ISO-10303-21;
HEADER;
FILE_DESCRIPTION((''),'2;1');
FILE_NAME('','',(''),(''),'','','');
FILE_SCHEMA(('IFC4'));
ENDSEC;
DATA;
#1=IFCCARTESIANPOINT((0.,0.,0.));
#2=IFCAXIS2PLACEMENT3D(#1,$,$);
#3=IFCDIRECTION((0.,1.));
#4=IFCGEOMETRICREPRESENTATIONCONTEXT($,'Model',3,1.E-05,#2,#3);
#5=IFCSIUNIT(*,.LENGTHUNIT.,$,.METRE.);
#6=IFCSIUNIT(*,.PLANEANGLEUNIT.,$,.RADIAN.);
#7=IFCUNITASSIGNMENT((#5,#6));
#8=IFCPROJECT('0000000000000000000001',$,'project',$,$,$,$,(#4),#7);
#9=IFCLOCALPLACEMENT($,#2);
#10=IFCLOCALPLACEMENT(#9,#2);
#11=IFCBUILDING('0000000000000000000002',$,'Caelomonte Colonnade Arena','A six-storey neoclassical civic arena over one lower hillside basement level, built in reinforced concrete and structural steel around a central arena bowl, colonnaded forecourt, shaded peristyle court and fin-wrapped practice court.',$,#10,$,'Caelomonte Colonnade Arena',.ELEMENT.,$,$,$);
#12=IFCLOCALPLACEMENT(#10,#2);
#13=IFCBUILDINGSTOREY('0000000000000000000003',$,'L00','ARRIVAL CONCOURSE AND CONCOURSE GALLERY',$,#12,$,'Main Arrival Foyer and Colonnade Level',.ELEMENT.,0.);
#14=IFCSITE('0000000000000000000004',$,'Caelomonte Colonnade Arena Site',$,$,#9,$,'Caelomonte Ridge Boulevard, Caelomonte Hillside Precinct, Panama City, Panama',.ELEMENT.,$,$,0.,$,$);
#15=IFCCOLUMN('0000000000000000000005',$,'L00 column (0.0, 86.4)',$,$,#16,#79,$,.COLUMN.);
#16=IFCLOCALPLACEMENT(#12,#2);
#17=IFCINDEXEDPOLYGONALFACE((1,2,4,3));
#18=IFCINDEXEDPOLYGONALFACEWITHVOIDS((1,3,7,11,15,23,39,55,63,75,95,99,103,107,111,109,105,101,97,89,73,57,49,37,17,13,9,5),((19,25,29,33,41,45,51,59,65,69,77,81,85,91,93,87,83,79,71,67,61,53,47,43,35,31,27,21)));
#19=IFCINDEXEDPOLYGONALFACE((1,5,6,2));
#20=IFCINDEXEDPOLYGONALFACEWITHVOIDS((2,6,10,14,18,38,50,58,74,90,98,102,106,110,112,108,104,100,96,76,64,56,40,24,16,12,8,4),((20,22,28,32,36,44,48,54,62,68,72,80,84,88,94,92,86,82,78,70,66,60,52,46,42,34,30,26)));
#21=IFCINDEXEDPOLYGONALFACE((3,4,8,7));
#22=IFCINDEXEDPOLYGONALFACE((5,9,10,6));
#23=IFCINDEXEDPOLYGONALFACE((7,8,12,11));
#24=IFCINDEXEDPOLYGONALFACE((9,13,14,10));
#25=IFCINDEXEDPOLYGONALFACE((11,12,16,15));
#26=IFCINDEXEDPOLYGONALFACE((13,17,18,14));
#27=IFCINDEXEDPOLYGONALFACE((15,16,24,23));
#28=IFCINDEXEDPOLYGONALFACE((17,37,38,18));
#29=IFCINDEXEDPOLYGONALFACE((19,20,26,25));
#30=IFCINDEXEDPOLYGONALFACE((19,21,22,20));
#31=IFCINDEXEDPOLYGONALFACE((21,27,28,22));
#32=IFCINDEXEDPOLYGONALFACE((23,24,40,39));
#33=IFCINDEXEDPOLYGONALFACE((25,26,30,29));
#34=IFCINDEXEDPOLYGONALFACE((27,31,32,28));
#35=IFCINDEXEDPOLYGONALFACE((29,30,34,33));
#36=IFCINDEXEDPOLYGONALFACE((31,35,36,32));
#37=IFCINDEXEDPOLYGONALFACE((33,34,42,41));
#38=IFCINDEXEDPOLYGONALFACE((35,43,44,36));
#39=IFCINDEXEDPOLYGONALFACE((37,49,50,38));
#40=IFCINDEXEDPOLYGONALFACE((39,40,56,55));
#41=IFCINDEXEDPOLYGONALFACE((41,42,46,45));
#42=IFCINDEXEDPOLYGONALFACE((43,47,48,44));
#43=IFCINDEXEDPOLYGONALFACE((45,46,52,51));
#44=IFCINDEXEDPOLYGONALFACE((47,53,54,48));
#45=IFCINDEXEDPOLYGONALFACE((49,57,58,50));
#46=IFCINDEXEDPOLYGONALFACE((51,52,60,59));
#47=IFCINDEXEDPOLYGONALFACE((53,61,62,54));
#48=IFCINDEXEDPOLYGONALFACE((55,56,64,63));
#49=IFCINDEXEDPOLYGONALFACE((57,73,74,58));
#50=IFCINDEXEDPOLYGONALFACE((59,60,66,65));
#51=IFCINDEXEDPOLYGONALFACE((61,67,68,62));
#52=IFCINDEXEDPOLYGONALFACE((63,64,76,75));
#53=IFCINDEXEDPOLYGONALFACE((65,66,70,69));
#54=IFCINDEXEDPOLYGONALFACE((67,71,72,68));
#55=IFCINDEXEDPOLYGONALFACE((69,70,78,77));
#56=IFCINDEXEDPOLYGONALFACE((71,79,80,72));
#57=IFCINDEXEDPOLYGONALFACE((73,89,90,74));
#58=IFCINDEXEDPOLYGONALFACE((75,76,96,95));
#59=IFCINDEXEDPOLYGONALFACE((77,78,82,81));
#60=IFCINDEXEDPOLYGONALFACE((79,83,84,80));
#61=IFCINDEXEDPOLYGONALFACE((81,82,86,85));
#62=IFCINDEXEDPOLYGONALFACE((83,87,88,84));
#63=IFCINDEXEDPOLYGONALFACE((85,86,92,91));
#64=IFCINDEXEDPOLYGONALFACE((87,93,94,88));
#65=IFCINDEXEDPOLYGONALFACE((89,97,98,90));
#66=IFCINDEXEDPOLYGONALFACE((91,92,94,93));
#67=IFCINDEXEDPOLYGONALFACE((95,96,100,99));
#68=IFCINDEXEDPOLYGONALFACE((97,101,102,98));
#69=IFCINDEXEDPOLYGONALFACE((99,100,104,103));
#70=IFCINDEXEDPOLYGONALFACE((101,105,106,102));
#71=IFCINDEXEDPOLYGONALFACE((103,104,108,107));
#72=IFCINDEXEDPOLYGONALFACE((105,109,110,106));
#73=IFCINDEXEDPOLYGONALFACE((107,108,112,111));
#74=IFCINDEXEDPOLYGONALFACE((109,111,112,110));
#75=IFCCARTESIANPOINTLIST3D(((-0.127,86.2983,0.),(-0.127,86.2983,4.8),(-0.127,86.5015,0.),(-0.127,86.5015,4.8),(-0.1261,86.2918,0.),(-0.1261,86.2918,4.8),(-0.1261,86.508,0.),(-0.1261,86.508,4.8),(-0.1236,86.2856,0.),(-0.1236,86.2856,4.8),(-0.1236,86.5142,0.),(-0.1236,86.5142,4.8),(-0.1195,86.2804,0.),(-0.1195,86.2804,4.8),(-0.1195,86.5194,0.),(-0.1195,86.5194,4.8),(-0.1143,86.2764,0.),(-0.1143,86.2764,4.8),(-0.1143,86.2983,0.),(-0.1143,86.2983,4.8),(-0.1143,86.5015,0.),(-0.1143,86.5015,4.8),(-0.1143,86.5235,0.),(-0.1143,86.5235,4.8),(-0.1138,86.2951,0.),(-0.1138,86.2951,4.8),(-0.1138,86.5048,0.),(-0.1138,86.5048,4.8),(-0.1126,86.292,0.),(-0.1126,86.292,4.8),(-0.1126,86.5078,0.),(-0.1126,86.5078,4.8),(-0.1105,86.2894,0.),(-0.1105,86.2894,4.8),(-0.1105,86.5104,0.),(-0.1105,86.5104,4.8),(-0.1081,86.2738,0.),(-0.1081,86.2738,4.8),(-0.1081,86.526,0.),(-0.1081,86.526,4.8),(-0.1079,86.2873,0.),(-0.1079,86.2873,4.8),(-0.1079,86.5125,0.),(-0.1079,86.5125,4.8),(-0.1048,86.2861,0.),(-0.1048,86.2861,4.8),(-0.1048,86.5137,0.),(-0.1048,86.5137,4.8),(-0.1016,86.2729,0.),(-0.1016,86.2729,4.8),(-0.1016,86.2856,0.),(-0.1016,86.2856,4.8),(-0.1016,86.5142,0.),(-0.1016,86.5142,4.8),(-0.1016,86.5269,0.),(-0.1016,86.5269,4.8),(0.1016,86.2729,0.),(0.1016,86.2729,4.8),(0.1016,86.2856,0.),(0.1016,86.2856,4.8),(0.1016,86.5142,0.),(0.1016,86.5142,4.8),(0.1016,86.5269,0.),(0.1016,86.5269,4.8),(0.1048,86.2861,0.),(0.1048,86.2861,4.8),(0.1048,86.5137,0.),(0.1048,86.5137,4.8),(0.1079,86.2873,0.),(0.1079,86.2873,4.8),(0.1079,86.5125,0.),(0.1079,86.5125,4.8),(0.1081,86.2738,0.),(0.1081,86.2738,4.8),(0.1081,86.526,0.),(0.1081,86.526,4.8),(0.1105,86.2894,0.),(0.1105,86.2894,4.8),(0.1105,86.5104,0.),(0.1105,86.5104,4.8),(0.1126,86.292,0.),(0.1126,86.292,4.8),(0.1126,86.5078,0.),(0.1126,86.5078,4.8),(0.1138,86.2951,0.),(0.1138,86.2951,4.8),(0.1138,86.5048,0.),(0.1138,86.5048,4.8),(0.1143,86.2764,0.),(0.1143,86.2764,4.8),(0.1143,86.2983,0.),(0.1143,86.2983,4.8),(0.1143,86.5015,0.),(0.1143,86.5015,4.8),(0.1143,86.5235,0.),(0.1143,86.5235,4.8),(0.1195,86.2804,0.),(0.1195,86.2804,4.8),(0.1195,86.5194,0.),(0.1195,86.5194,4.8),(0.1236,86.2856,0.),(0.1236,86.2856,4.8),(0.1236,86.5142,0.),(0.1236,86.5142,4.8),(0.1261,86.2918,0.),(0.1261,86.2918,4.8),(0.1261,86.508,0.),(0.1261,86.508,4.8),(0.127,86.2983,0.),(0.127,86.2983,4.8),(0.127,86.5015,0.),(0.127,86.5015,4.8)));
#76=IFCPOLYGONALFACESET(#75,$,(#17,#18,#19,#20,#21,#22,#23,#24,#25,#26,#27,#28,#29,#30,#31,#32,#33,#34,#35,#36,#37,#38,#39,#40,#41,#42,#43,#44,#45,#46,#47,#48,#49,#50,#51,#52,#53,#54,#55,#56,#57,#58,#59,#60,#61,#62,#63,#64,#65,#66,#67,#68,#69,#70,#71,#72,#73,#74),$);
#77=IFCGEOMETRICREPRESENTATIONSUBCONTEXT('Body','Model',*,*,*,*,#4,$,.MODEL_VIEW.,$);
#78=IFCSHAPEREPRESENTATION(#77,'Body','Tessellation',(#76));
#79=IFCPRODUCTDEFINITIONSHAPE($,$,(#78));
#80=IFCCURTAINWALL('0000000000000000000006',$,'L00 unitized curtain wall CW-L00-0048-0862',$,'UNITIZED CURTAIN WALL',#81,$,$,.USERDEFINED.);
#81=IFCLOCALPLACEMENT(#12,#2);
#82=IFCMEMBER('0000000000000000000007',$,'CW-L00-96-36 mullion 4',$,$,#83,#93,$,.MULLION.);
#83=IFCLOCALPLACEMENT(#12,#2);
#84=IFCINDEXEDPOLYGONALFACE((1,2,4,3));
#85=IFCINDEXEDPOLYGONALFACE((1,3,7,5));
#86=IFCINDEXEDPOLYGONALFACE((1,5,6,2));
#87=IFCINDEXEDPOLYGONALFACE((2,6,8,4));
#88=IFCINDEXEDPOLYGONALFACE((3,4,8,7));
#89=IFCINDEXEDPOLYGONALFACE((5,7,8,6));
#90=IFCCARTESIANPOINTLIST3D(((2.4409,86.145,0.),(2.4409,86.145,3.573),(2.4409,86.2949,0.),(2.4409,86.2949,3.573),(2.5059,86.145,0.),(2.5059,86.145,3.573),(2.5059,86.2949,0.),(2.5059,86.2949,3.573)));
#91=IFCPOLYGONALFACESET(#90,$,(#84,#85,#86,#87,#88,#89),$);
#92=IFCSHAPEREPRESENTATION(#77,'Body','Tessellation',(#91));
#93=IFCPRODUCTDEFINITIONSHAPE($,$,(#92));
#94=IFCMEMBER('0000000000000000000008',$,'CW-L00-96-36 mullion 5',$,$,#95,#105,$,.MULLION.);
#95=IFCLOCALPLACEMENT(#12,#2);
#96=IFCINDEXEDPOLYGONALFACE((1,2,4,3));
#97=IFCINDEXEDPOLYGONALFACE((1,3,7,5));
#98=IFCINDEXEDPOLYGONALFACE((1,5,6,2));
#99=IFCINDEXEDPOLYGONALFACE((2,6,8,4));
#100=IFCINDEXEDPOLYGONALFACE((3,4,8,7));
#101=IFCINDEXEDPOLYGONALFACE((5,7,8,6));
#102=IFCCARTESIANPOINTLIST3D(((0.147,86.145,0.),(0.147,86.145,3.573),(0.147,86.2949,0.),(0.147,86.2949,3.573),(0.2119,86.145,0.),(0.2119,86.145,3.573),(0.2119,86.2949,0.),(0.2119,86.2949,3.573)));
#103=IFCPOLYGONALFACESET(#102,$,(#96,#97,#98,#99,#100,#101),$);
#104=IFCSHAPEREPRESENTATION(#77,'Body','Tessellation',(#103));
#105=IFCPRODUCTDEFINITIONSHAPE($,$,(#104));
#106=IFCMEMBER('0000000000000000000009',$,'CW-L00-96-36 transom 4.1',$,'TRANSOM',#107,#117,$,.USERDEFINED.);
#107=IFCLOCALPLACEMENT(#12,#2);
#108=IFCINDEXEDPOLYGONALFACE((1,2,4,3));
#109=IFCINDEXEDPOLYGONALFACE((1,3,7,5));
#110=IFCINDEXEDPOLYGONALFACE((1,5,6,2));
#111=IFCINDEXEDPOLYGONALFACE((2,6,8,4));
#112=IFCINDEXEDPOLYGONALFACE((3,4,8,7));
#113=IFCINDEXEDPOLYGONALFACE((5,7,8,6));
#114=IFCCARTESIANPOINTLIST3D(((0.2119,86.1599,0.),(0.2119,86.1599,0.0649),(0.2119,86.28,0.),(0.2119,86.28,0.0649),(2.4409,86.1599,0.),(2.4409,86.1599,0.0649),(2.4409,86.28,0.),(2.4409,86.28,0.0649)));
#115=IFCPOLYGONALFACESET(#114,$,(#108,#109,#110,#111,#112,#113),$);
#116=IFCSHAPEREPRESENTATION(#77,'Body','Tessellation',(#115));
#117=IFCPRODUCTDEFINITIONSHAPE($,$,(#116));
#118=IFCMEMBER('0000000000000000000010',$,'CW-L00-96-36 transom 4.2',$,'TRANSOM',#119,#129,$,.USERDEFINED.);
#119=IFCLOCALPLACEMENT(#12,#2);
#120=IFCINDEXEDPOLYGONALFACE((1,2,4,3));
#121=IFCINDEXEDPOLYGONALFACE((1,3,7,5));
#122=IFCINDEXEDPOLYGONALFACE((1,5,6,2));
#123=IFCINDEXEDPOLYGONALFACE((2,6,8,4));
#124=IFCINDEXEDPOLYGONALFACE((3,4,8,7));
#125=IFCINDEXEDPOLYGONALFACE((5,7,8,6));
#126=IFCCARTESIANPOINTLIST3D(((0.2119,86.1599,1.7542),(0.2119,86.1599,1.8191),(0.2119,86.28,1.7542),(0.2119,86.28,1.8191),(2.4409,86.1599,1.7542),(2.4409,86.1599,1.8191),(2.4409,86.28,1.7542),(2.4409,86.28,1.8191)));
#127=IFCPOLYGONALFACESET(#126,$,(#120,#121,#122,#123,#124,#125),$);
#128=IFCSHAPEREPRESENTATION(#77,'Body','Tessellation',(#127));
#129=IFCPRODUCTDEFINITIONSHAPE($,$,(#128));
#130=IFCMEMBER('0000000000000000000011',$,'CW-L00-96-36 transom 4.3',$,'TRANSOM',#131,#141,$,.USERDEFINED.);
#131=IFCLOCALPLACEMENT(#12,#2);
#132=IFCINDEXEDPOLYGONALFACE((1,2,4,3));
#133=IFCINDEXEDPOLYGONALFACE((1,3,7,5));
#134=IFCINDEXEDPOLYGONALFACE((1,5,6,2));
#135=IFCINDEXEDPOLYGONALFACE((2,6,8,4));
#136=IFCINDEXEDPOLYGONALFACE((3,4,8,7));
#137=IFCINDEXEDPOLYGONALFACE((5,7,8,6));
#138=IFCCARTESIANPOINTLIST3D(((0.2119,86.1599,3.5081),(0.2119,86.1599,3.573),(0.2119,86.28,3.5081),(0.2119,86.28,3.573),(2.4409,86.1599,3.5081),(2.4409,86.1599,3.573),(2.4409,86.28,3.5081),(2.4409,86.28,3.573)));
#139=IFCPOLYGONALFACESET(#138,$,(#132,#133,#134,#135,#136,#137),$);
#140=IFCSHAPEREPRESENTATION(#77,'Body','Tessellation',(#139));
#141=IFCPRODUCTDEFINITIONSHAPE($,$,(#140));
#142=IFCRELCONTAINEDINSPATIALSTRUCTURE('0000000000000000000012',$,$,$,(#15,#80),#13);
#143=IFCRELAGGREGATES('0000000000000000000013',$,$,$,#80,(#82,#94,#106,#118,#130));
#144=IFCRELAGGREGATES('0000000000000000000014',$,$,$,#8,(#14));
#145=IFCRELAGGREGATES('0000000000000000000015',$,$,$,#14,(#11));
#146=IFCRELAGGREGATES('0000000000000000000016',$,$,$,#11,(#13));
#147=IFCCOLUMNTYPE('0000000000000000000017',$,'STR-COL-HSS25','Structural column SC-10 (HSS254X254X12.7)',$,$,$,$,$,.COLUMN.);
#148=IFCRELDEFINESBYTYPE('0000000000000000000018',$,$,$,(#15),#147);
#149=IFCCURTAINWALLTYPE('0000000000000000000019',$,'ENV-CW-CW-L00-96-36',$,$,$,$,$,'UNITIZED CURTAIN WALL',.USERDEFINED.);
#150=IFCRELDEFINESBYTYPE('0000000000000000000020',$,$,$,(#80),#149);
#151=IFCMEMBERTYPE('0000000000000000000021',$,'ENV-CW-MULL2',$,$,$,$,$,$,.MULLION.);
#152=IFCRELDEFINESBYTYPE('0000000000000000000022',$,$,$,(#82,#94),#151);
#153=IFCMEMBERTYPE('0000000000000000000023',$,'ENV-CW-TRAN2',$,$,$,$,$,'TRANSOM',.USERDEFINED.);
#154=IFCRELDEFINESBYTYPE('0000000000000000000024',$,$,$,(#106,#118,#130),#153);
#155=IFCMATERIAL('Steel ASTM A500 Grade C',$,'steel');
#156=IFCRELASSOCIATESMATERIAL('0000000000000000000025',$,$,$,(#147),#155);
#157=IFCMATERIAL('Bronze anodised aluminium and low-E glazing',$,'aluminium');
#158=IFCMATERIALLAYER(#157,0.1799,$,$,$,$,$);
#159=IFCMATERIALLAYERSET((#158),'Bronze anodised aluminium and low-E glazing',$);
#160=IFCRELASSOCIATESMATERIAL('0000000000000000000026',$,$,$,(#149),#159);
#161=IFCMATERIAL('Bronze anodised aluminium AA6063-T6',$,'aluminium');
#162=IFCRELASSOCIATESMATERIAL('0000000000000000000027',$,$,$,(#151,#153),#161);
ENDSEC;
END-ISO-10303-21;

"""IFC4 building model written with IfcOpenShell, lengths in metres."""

from ifc_helpers import new_model, si_unit, direction, frame, origin, origin_2d, place, context, subcontext, project, spatial, rectangle, hollow_rectangle, extrude, material, layer, layer_set, material_profile, profile_set, type_object, element, aggregate, save


model = new_model("IFC4")

# Units and contexts
model_context = context("Model", 3, precision=1e-05, world=origin(), true_north=direction((0.0, 1.0)))
body_context = subcontext(model_context, "Body", "Model", "MODEL_VIEW")
ifc_project = project(units=[si_unit("LENGTHUNIT", "METRE"), si_unit("PLANEANGLEUNIT", "RADIAN")], contexts=[model_context])

# Site, building, storey
site_placement = place(None, origin())
site = spatial("IfcSite", under=ifc_project, at=site_placement, Name="Caelomonte Colonnade Arena Site", LongName="Caelomonte Ridge Boulevard, Caelomonte Hillside Precinct, Panama City, Panama", CompositionType="ELEMENT", RefElevation=0.0)
building_placement = place(site_placement, origin())
building = spatial("IfcBuilding", under=site, at=building_placement, Name="Caelomonte Colonnade Arena", Description="A six-storey neoclassical civic arena over one lower hillside basement level, built in reinforced concrete and structural steel around a central arena bowl, colonnaded forecourt, shaded peristyle court and fin-wrapped practice court.", LongName="Caelomonte Colonnade Arena", CompositionType="ELEMENT")
storey_placement = place(building_placement, origin())
storey = spatial("IfcBuildingStorey", under=building, at=storey_placement, Name="L00", Description="ARRIVAL CONCOURSE AND CONCOURSE GALLERY", LongName="Main Arrival Foyer and Colonnade Level", CompositionType="ELEMENT", Elevation=0.0)

# Column
ifc_material_1 = material(Name="Steel ASTM A500 Grade C", Category="steel")
ifc_material_profile_1 = material_profile(ifc_material_1, hollow_rectangle(XDim=0.2539, YDim=0.2539, WallThickness=0.0127, InnerFilletRadius=0.0127, OuterFilletRadius=0.0254, at=origin_2d()), Name="HSS254X254X12.7")
ifc_profile_set_1 = profile_set([ifc_material_profile_1], Name="Steel ASTM A500 Grade C")
column_type = type_object("IfcColumnType", Name="STR-COL-HSS25", Description="Structural column SC-10 (HSS254X254X12.7)", PredefinedType="COLUMN", material=ifc_profile_set_1)
column_placement = place(storey_placement, frame((0.0, 86.3999, 0.0), z_axis=(0.0, 0.0, 1.0), x_axis=(1.0, 0.0, 0.0)))
element("IfcColumn", 1, at=column_placement, inside=storey, type_object=column_type, Name="L00 column (0.0, 86.4)", PredefinedType="COLUMN", context=body_context, shape_type="SweptSolid", body=[
    extrude(hollow_rectangle(XDim=0.2539, YDim=0.2539, WallThickness=0.0127, InnerFilletRadius=0.0127, OuterFilletRadius=0.0254, at=origin_2d()), origin(), (0.0, 0.0, 1.0), 4.8),
])

# Curtain wall, members
ifc_material_2 = material(Name="Bronze anodised aluminium and low-E glazing", Category="aluminium")
ifc_layer_1 = layer(ifc_material_2, 0.1799)
ifc_layer_set_1 = layer_set([ifc_layer_1], Name="Bronze anodised aluminium and low-E glazing")
curtain_wall_type = type_object("IfcCurtainWallType", Name="ENV-CW-CW-L00-96-36", ElementType="UNITIZED CURTAIN WALL", PredefinedType="USERDEFINED", material=ifc_layer_set_1)
curtain_wall_placement = place(storey_placement, origin())
curtain_wall = element("IfcCurtainWall", 2, at=curtain_wall_placement, inside=storey, type_object=curtain_wall_type, Name="L00 unitized curtain wall CW-L00-0048-0862", ObjectType="UNITIZED CURTAIN WALL", PredefinedType="USERDEFINED")
ifc_material_3 = material(Name="Bronze anodised aluminium AA6063-T6", Category="aluminium")
ifc_material_profile_2 = material_profile(ifc_material_3, rectangle(XDim=0.0649, YDim=0.1499, at=origin_2d()), Name="CWM-65X150")
ifc_profile_set_2 = profile_set([ifc_material_profile_2], Name="Bronze anodised aluminium AA6063-T6")
member_type_1 = type_object("IfcMemberType", Name="ENV-CW-MULL2", PredefinedType="MULLION", material=ifc_profile_set_2)
member_1_placement = place(storey_placement, frame((2.4734, 86.22, 0.0), z_axis=(0.0, 0.0, 1.0), x_axis=(-1.0, 0.0, 0.0)))
member_1 = element("IfcMember", 3, at=member_1_placement, type_object=member_type_1, Name="CW-L00-96-36 mullion 4", PredefinedType="MULLION", context=body_context, shape_type="SweptSolid", body=[
    extrude(rectangle(XDim=0.0649, YDim=0.1499, at=origin_2d()), origin(), (0.0, 0.0, 1.0), 3.573),
])
member_2_placement = place(storey_placement, frame((0.1794, 86.22, 0.0), z_axis=(0.0, 0.0, 1.0), x_axis=(-1.0, 0.0, 0.0)))
member_2 = element("IfcMember", 4, at=member_2_placement, type_object=member_type_1, Name="CW-L00-96-36 mullion 5", PredefinedType="MULLION", context=body_context, shape_type="SweptSolid", body=[
    extrude(rectangle(XDim=0.0649, YDim=0.1499, at=origin_2d()), origin(), (0.0, 0.0, 1.0), 3.573),
])
ifc_material_profile_3 = material_profile(ifc_material_3, rectangle(XDim=0.0649, YDim=0.1201, at=origin_2d()), Name="CWT-65X120")
ifc_profile_set_3 = profile_set([ifc_material_profile_3], Name="Bronze anodised aluminium AA6063-T6")
member_type_2 = type_object("IfcMemberType", Name="ENV-CW-TRAN2", ElementType="TRANSOM", PredefinedType="USERDEFINED", material=ifc_profile_set_3)
member_3_placement = place(storey_placement, frame((2.4409, 86.22, 0.0325), z_axis=(-1.0, 0.0, 0.0), x_axis=(0.0, 0.0, 1.0)))
member_3 = element("IfcMember", 5, at=member_3_placement, type_object=member_type_2, Name="CW-L00-96-36 transom 4.1", ObjectType="TRANSOM", PredefinedType="USERDEFINED", context=body_context, shape_type="SweptSolid", body=[
    extrude(rectangle(XDim=0.0649, YDim=0.1201, at=origin_2d()), origin(), (0.0, 0.0, 1.0), 2.229),
])
member_4_placement = place(storey_placement, frame((2.4409, 86.22, 1.7866), z_axis=(-1.0, 0.0, 0.0), x_axis=(0.0, 0.0, 1.0)))
member_4 = element("IfcMember", 6, at=member_4_placement, type_object=member_type_2, Name="CW-L00-96-36 transom 4.2", ObjectType="TRANSOM", PredefinedType="USERDEFINED", context=body_context, shape_type="SweptSolid", body=[
    extrude(rectangle(XDim=0.0649, YDim=0.1201, at=origin_2d()), origin(), (0.0, 0.0, 1.0), 2.229),
])
member_5_placement = place(storey_placement, frame((2.4409, 86.22, 3.5405), z_axis=(-1.0, 0.0, 0.0), x_axis=(0.0, 0.0, 1.0)))
member_5 = element("IfcMember", 7, at=member_5_placement, type_object=member_type_2, Name="CW-L00-96-36 transom 4.3", ObjectType="TRANSOM", PredefinedType="USERDEFINED", context=body_context, shape_type="SweptSolid", body=[
    extrude(rectangle(XDim=0.0649, YDim=0.1201, at=origin_2d()), origin(), (0.0, 0.0, 1.0), 2.229),
])

aggregate(curtain_wall, [member_1, member_2, member_3, member_4, member_5])

save(model, "model.ifc")
